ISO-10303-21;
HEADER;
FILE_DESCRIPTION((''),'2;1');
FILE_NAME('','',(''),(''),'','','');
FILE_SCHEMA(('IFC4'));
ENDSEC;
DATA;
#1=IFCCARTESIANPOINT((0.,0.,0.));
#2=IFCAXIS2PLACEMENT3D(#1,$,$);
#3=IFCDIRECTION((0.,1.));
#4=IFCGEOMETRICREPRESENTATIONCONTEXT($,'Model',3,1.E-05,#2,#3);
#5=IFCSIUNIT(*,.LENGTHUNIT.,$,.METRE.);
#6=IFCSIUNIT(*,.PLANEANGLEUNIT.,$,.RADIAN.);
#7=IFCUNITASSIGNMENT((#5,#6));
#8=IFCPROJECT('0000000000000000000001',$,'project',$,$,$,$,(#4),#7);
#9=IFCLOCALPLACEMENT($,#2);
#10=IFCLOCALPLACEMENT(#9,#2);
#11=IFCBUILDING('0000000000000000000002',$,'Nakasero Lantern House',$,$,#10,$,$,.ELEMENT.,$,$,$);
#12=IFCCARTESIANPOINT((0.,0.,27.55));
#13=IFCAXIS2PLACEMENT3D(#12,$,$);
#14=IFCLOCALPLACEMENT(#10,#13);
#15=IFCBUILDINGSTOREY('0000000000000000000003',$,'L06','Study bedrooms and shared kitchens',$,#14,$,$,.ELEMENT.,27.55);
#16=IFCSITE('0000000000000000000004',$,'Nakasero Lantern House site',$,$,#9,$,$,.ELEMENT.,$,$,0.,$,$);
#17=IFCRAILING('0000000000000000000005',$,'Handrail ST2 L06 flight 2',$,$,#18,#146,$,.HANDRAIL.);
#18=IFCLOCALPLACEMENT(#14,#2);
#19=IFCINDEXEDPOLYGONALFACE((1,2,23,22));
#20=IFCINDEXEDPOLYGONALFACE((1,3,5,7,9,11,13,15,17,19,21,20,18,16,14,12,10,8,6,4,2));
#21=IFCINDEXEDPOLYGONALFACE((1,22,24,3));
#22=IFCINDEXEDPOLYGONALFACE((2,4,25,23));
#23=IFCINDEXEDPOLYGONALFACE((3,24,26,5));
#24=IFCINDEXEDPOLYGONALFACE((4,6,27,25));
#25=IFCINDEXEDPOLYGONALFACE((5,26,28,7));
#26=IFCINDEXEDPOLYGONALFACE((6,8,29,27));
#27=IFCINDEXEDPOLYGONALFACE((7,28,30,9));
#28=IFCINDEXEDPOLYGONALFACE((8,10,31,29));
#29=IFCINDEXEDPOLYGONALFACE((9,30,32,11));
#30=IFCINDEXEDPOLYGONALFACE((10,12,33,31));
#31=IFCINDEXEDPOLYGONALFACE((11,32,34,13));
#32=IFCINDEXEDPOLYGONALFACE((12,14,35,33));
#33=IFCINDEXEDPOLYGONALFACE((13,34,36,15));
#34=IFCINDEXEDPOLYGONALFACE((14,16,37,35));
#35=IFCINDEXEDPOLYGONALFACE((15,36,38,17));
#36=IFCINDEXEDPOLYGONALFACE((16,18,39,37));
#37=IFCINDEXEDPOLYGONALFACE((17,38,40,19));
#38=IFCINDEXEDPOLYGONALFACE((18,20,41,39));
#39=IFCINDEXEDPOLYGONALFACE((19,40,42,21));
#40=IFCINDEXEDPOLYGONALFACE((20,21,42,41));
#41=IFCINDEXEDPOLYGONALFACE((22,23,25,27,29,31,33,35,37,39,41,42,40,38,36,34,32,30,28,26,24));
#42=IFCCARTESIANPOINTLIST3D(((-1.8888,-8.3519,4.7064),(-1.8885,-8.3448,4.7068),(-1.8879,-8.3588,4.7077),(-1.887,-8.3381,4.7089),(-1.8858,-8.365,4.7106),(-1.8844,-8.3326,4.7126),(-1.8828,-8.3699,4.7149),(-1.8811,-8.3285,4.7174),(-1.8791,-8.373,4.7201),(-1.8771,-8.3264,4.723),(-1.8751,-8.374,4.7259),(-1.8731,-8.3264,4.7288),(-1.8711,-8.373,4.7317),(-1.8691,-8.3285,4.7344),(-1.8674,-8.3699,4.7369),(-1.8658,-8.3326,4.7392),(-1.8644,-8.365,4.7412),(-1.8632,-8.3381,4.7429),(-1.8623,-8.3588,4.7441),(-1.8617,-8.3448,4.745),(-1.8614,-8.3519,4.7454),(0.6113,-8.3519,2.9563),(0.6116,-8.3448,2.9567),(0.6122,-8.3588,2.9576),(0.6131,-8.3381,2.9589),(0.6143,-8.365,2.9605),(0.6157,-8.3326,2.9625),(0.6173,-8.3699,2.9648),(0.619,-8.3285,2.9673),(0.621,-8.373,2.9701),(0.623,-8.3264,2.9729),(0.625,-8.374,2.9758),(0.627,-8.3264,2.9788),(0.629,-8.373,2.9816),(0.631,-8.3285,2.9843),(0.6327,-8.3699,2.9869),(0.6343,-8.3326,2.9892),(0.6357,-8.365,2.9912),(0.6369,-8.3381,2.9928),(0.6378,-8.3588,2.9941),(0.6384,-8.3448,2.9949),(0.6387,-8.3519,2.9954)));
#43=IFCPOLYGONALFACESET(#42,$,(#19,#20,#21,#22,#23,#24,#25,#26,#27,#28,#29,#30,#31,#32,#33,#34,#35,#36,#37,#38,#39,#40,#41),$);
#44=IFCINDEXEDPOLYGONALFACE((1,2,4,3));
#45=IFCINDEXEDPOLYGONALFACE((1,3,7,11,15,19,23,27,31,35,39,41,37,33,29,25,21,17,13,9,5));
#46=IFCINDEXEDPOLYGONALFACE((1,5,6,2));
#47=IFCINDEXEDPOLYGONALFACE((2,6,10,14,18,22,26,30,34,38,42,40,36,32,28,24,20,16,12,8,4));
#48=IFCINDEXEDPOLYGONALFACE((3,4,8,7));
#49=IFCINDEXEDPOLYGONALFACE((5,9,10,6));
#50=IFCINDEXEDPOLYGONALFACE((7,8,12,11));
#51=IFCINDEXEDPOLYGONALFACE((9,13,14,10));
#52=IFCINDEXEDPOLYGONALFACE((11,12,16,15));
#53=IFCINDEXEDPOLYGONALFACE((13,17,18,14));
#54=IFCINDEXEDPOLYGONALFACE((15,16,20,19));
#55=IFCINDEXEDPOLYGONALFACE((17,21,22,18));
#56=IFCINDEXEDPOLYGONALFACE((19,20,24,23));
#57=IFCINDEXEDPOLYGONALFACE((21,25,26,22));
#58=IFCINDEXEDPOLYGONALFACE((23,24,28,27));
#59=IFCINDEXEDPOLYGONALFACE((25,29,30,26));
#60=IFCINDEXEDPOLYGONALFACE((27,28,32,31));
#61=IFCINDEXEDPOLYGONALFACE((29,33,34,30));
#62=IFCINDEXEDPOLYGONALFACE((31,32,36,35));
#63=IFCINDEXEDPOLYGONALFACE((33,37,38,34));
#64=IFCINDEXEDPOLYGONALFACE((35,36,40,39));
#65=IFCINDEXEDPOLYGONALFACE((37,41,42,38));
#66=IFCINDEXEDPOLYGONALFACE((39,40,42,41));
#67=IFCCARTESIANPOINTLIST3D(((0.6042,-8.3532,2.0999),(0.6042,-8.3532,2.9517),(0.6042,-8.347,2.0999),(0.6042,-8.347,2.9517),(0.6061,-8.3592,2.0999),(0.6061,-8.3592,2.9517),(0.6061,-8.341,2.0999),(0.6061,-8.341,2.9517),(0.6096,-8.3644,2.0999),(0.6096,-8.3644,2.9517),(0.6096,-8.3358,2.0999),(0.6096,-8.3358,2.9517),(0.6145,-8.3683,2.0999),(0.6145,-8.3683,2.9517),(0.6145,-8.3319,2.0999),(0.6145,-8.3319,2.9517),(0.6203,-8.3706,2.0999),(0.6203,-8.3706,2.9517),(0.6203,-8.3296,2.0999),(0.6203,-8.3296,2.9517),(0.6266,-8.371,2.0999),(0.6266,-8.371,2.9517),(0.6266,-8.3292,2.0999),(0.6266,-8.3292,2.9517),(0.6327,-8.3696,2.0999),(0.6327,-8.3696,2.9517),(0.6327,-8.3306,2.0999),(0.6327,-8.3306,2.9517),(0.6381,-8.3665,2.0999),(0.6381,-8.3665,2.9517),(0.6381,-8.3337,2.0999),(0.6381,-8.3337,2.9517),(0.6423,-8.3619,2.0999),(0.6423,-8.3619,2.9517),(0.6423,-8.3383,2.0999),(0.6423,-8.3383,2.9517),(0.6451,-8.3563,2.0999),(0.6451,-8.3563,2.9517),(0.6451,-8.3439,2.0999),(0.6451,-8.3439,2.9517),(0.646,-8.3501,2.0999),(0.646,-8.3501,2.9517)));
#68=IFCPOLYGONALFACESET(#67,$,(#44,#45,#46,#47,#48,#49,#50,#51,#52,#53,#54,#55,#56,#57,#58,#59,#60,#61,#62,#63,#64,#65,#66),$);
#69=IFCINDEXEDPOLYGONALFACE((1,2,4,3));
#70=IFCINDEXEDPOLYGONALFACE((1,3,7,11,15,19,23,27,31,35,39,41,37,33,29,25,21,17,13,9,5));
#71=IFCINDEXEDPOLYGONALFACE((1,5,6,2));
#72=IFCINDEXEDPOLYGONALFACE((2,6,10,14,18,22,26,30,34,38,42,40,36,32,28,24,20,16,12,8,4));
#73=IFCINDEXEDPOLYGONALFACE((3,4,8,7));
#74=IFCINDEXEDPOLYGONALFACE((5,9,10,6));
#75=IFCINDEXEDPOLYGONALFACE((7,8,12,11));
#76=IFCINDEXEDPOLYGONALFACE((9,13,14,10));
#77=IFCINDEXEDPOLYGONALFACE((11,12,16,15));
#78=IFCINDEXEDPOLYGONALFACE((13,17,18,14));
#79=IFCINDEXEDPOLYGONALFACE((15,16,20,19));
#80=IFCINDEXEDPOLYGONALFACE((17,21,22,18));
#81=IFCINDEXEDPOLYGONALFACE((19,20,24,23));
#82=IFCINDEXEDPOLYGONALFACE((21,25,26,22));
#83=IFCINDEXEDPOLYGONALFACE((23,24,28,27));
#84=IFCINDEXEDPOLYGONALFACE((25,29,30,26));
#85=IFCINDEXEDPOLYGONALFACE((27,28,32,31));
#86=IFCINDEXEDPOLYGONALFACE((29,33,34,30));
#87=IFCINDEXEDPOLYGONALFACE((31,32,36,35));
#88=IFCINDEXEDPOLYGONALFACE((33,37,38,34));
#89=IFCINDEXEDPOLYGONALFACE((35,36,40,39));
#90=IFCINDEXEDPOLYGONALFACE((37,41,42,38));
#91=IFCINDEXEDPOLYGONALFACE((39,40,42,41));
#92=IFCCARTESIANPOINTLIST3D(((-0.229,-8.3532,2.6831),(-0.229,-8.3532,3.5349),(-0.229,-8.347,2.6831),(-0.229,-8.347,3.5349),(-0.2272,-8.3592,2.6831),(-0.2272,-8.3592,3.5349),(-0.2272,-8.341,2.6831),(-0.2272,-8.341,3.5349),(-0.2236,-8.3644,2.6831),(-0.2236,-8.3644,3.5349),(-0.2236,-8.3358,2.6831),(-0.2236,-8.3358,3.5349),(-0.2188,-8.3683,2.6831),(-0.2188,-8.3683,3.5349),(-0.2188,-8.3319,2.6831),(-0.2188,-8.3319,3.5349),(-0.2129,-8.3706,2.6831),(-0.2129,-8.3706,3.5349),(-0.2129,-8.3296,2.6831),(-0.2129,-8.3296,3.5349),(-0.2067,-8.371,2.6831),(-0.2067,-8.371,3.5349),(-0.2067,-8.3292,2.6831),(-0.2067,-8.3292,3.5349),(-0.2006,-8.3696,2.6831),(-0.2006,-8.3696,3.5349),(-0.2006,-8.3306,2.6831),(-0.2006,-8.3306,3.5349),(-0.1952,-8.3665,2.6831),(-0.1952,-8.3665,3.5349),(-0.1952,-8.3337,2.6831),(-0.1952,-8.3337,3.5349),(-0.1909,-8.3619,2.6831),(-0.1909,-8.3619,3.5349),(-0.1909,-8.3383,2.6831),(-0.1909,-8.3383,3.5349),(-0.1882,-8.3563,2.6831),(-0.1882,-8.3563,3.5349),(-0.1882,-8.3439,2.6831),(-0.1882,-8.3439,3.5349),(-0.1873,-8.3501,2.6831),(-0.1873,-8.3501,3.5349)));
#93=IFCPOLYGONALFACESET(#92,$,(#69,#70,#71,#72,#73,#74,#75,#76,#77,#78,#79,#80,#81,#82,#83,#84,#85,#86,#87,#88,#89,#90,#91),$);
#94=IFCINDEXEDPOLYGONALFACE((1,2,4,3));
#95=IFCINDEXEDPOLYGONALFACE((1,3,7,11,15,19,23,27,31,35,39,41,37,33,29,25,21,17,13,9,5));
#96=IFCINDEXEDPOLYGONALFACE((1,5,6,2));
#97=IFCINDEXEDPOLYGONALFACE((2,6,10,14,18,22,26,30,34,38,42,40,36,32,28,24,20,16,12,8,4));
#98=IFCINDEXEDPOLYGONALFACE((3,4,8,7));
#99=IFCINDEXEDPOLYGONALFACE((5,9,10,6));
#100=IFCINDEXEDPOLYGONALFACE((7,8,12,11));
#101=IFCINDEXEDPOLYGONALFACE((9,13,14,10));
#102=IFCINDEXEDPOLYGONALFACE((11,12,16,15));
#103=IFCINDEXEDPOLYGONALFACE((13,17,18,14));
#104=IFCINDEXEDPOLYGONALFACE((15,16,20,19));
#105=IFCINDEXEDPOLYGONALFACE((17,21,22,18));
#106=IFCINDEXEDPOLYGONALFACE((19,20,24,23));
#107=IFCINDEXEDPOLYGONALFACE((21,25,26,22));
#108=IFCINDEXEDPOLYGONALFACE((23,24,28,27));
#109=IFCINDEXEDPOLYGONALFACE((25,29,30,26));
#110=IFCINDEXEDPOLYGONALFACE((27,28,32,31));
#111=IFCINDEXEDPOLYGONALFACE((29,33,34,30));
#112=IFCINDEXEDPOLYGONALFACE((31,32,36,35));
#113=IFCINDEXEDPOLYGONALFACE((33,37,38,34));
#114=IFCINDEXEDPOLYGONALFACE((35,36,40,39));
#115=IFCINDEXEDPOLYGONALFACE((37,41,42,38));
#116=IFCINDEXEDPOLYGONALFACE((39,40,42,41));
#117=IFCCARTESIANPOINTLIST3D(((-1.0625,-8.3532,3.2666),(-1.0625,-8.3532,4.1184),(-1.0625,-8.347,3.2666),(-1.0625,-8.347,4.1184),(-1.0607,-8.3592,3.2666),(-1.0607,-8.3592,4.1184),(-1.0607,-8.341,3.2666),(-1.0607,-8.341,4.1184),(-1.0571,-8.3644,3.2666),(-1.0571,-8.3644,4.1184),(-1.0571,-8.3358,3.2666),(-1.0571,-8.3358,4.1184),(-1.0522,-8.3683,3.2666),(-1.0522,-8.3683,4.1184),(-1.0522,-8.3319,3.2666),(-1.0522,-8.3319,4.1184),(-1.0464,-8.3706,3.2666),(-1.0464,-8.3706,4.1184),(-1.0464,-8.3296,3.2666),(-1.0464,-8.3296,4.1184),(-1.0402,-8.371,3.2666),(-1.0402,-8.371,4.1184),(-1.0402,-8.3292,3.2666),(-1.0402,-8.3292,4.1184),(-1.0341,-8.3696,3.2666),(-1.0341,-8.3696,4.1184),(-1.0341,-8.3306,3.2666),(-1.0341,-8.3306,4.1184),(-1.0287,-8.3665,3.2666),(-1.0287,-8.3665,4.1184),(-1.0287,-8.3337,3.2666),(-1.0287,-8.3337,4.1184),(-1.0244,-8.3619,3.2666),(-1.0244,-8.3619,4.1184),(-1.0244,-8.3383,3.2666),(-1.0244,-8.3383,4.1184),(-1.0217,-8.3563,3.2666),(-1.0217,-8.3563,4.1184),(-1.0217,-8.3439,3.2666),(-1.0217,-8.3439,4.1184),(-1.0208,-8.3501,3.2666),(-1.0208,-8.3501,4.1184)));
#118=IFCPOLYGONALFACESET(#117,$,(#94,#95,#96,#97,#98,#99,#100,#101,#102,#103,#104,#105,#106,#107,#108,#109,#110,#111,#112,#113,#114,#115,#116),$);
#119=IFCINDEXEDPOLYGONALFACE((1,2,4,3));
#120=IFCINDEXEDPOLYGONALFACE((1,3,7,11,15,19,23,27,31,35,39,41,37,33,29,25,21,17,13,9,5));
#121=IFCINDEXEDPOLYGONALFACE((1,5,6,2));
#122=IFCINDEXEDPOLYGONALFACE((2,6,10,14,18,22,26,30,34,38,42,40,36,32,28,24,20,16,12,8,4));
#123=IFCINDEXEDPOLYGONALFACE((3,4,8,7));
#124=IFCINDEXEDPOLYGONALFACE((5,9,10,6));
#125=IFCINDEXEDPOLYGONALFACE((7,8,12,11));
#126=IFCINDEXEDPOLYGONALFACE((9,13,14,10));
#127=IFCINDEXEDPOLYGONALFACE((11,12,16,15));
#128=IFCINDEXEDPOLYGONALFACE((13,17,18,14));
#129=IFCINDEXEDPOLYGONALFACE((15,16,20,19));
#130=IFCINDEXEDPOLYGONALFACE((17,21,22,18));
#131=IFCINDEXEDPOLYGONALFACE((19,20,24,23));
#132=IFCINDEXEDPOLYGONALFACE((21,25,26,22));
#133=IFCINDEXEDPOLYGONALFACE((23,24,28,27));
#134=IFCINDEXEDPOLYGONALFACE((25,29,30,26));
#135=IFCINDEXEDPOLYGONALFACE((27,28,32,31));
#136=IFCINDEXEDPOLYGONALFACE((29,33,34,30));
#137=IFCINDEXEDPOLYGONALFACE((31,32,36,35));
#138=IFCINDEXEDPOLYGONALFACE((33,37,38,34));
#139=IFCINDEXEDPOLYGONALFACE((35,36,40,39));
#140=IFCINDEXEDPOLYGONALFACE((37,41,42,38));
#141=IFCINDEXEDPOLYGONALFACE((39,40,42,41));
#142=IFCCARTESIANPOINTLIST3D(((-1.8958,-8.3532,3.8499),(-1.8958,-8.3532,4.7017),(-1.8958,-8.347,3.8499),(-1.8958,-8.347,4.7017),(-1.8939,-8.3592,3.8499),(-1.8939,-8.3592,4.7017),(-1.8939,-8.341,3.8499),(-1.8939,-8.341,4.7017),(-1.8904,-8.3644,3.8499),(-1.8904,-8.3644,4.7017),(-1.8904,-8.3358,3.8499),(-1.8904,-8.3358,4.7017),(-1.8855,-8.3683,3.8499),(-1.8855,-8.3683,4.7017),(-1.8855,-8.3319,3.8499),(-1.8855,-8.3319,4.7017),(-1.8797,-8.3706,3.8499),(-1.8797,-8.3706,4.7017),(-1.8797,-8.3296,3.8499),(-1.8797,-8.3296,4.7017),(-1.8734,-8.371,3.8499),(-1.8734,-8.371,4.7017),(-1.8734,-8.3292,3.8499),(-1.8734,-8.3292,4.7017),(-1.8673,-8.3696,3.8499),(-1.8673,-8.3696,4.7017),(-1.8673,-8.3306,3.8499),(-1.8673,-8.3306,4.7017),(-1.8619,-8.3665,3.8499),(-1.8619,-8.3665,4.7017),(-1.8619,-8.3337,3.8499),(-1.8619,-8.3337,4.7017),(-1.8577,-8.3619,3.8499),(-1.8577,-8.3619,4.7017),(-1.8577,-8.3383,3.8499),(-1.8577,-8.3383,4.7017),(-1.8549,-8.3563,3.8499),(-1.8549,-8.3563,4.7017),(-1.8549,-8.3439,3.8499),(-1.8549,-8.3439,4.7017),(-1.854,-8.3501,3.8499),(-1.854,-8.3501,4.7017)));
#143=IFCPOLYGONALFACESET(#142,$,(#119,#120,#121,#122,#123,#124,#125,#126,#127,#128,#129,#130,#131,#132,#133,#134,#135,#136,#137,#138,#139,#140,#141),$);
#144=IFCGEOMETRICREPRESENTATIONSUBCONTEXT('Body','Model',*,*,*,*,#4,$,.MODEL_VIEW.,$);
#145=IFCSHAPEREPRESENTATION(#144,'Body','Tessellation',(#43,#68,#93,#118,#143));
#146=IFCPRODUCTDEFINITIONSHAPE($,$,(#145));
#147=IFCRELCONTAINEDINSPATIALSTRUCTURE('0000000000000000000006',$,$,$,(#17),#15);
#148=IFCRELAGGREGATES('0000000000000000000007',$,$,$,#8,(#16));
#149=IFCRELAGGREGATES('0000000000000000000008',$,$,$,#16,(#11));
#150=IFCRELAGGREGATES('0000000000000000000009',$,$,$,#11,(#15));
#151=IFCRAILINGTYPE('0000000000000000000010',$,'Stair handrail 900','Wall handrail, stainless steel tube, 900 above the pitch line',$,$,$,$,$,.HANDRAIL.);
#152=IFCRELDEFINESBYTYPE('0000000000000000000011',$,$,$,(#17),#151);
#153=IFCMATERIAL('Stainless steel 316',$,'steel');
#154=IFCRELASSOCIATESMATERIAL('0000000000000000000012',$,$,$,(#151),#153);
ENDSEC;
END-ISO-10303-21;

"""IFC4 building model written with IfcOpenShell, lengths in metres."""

from ifc_helpers import new_model, si_unit, direction, frame, origin, origin_2d, place, context, subcontext, project, spatial, circle, extrude, material, type_object, element, save


model = new_model("IFC4")

# Units and contexts
model_context = context("Model", 3, precision=1e-05, world=origin(), true_north=direction((0.0, 1.0)))
body_context = subcontext(model_context, "Body", "Model", "MODEL_VIEW")
ifc_project = project(units=[si_unit("LENGTHUNIT", "METRE"), si_unit("PLANEANGLEUNIT", "RADIAN")], contexts=[model_context])

# Site, building, storey
site_placement = place(None, origin())
site = spatial("IfcSite", under=ifc_project, at=site_placement, Name="Nakasero Lantern House site", CompositionType="ELEMENT", RefElevation=0.0)
building_placement = place(site_placement, origin())
building = spatial("IfcBuilding", under=site, at=building_placement, Name="Nakasero Lantern House", CompositionType="ELEMENT")
storey_placement = place(building_placement, frame((0.0, 0.0, 27.55)))
storey = spatial("IfcBuildingStorey", under=building, at=storey_placement, Name="L06", Description="Study bedrooms and shared kitchens", CompositionType="ELEMENT", Elevation=27.55)

# Railing
ifc_material_1 = material(Name="Stainless steel 316", Category="steel")
railing_type = type_object("IfcRailingType", Name="Stair handrail 900", Description="Wall handrail, stainless steel tube, 900 above the pitch line", PredefinedType="HANDRAIL", material=ifc_material_1)
railing_placement = place(storey_placement, frame((0.625, -8.3501, 2.0999)))
element("IfcRailing", 1, at=railing_placement, inside=storey, type_object=railing_type, Name="Handrail ST2 L06 flight 2", PredefinedType="HANDRAIL", context=body_context, shape_type="SweptSolid", body=[
    extrude(circle(Radius=0.0239, at=origin_2d()), frame((0.0, 0.0, 0.876), z_axis=(-0.819232, 0.0, 0.573462), x_axis=(0.0, -1.0, 0.0)), (0.0, 0.0, 1.0), 3.0518),
    extrude(circle(Radius=0.021, at=origin_2d()), origin(), (0.0, 0.0, 1.0), 0.8518),
    extrude(circle(Radius=0.021, at=origin_2d()), frame((-0.8333, 0.0, 0.5833)), (0.0, 0.0, 1.0), 0.8518),
    extrude(circle(Radius=0.021, at=origin_2d()), frame((-1.6667, 0.0, 1.1667)), (0.0, 0.0, 1.0), 0.8518),
    extrude(circle(Radius=0.021, at=origin_2d()), frame((-2.5, 0.0, 1.75)), (0.0, 0.0, 1.0), 0.8518),
])

save(model, "model.ifc")
